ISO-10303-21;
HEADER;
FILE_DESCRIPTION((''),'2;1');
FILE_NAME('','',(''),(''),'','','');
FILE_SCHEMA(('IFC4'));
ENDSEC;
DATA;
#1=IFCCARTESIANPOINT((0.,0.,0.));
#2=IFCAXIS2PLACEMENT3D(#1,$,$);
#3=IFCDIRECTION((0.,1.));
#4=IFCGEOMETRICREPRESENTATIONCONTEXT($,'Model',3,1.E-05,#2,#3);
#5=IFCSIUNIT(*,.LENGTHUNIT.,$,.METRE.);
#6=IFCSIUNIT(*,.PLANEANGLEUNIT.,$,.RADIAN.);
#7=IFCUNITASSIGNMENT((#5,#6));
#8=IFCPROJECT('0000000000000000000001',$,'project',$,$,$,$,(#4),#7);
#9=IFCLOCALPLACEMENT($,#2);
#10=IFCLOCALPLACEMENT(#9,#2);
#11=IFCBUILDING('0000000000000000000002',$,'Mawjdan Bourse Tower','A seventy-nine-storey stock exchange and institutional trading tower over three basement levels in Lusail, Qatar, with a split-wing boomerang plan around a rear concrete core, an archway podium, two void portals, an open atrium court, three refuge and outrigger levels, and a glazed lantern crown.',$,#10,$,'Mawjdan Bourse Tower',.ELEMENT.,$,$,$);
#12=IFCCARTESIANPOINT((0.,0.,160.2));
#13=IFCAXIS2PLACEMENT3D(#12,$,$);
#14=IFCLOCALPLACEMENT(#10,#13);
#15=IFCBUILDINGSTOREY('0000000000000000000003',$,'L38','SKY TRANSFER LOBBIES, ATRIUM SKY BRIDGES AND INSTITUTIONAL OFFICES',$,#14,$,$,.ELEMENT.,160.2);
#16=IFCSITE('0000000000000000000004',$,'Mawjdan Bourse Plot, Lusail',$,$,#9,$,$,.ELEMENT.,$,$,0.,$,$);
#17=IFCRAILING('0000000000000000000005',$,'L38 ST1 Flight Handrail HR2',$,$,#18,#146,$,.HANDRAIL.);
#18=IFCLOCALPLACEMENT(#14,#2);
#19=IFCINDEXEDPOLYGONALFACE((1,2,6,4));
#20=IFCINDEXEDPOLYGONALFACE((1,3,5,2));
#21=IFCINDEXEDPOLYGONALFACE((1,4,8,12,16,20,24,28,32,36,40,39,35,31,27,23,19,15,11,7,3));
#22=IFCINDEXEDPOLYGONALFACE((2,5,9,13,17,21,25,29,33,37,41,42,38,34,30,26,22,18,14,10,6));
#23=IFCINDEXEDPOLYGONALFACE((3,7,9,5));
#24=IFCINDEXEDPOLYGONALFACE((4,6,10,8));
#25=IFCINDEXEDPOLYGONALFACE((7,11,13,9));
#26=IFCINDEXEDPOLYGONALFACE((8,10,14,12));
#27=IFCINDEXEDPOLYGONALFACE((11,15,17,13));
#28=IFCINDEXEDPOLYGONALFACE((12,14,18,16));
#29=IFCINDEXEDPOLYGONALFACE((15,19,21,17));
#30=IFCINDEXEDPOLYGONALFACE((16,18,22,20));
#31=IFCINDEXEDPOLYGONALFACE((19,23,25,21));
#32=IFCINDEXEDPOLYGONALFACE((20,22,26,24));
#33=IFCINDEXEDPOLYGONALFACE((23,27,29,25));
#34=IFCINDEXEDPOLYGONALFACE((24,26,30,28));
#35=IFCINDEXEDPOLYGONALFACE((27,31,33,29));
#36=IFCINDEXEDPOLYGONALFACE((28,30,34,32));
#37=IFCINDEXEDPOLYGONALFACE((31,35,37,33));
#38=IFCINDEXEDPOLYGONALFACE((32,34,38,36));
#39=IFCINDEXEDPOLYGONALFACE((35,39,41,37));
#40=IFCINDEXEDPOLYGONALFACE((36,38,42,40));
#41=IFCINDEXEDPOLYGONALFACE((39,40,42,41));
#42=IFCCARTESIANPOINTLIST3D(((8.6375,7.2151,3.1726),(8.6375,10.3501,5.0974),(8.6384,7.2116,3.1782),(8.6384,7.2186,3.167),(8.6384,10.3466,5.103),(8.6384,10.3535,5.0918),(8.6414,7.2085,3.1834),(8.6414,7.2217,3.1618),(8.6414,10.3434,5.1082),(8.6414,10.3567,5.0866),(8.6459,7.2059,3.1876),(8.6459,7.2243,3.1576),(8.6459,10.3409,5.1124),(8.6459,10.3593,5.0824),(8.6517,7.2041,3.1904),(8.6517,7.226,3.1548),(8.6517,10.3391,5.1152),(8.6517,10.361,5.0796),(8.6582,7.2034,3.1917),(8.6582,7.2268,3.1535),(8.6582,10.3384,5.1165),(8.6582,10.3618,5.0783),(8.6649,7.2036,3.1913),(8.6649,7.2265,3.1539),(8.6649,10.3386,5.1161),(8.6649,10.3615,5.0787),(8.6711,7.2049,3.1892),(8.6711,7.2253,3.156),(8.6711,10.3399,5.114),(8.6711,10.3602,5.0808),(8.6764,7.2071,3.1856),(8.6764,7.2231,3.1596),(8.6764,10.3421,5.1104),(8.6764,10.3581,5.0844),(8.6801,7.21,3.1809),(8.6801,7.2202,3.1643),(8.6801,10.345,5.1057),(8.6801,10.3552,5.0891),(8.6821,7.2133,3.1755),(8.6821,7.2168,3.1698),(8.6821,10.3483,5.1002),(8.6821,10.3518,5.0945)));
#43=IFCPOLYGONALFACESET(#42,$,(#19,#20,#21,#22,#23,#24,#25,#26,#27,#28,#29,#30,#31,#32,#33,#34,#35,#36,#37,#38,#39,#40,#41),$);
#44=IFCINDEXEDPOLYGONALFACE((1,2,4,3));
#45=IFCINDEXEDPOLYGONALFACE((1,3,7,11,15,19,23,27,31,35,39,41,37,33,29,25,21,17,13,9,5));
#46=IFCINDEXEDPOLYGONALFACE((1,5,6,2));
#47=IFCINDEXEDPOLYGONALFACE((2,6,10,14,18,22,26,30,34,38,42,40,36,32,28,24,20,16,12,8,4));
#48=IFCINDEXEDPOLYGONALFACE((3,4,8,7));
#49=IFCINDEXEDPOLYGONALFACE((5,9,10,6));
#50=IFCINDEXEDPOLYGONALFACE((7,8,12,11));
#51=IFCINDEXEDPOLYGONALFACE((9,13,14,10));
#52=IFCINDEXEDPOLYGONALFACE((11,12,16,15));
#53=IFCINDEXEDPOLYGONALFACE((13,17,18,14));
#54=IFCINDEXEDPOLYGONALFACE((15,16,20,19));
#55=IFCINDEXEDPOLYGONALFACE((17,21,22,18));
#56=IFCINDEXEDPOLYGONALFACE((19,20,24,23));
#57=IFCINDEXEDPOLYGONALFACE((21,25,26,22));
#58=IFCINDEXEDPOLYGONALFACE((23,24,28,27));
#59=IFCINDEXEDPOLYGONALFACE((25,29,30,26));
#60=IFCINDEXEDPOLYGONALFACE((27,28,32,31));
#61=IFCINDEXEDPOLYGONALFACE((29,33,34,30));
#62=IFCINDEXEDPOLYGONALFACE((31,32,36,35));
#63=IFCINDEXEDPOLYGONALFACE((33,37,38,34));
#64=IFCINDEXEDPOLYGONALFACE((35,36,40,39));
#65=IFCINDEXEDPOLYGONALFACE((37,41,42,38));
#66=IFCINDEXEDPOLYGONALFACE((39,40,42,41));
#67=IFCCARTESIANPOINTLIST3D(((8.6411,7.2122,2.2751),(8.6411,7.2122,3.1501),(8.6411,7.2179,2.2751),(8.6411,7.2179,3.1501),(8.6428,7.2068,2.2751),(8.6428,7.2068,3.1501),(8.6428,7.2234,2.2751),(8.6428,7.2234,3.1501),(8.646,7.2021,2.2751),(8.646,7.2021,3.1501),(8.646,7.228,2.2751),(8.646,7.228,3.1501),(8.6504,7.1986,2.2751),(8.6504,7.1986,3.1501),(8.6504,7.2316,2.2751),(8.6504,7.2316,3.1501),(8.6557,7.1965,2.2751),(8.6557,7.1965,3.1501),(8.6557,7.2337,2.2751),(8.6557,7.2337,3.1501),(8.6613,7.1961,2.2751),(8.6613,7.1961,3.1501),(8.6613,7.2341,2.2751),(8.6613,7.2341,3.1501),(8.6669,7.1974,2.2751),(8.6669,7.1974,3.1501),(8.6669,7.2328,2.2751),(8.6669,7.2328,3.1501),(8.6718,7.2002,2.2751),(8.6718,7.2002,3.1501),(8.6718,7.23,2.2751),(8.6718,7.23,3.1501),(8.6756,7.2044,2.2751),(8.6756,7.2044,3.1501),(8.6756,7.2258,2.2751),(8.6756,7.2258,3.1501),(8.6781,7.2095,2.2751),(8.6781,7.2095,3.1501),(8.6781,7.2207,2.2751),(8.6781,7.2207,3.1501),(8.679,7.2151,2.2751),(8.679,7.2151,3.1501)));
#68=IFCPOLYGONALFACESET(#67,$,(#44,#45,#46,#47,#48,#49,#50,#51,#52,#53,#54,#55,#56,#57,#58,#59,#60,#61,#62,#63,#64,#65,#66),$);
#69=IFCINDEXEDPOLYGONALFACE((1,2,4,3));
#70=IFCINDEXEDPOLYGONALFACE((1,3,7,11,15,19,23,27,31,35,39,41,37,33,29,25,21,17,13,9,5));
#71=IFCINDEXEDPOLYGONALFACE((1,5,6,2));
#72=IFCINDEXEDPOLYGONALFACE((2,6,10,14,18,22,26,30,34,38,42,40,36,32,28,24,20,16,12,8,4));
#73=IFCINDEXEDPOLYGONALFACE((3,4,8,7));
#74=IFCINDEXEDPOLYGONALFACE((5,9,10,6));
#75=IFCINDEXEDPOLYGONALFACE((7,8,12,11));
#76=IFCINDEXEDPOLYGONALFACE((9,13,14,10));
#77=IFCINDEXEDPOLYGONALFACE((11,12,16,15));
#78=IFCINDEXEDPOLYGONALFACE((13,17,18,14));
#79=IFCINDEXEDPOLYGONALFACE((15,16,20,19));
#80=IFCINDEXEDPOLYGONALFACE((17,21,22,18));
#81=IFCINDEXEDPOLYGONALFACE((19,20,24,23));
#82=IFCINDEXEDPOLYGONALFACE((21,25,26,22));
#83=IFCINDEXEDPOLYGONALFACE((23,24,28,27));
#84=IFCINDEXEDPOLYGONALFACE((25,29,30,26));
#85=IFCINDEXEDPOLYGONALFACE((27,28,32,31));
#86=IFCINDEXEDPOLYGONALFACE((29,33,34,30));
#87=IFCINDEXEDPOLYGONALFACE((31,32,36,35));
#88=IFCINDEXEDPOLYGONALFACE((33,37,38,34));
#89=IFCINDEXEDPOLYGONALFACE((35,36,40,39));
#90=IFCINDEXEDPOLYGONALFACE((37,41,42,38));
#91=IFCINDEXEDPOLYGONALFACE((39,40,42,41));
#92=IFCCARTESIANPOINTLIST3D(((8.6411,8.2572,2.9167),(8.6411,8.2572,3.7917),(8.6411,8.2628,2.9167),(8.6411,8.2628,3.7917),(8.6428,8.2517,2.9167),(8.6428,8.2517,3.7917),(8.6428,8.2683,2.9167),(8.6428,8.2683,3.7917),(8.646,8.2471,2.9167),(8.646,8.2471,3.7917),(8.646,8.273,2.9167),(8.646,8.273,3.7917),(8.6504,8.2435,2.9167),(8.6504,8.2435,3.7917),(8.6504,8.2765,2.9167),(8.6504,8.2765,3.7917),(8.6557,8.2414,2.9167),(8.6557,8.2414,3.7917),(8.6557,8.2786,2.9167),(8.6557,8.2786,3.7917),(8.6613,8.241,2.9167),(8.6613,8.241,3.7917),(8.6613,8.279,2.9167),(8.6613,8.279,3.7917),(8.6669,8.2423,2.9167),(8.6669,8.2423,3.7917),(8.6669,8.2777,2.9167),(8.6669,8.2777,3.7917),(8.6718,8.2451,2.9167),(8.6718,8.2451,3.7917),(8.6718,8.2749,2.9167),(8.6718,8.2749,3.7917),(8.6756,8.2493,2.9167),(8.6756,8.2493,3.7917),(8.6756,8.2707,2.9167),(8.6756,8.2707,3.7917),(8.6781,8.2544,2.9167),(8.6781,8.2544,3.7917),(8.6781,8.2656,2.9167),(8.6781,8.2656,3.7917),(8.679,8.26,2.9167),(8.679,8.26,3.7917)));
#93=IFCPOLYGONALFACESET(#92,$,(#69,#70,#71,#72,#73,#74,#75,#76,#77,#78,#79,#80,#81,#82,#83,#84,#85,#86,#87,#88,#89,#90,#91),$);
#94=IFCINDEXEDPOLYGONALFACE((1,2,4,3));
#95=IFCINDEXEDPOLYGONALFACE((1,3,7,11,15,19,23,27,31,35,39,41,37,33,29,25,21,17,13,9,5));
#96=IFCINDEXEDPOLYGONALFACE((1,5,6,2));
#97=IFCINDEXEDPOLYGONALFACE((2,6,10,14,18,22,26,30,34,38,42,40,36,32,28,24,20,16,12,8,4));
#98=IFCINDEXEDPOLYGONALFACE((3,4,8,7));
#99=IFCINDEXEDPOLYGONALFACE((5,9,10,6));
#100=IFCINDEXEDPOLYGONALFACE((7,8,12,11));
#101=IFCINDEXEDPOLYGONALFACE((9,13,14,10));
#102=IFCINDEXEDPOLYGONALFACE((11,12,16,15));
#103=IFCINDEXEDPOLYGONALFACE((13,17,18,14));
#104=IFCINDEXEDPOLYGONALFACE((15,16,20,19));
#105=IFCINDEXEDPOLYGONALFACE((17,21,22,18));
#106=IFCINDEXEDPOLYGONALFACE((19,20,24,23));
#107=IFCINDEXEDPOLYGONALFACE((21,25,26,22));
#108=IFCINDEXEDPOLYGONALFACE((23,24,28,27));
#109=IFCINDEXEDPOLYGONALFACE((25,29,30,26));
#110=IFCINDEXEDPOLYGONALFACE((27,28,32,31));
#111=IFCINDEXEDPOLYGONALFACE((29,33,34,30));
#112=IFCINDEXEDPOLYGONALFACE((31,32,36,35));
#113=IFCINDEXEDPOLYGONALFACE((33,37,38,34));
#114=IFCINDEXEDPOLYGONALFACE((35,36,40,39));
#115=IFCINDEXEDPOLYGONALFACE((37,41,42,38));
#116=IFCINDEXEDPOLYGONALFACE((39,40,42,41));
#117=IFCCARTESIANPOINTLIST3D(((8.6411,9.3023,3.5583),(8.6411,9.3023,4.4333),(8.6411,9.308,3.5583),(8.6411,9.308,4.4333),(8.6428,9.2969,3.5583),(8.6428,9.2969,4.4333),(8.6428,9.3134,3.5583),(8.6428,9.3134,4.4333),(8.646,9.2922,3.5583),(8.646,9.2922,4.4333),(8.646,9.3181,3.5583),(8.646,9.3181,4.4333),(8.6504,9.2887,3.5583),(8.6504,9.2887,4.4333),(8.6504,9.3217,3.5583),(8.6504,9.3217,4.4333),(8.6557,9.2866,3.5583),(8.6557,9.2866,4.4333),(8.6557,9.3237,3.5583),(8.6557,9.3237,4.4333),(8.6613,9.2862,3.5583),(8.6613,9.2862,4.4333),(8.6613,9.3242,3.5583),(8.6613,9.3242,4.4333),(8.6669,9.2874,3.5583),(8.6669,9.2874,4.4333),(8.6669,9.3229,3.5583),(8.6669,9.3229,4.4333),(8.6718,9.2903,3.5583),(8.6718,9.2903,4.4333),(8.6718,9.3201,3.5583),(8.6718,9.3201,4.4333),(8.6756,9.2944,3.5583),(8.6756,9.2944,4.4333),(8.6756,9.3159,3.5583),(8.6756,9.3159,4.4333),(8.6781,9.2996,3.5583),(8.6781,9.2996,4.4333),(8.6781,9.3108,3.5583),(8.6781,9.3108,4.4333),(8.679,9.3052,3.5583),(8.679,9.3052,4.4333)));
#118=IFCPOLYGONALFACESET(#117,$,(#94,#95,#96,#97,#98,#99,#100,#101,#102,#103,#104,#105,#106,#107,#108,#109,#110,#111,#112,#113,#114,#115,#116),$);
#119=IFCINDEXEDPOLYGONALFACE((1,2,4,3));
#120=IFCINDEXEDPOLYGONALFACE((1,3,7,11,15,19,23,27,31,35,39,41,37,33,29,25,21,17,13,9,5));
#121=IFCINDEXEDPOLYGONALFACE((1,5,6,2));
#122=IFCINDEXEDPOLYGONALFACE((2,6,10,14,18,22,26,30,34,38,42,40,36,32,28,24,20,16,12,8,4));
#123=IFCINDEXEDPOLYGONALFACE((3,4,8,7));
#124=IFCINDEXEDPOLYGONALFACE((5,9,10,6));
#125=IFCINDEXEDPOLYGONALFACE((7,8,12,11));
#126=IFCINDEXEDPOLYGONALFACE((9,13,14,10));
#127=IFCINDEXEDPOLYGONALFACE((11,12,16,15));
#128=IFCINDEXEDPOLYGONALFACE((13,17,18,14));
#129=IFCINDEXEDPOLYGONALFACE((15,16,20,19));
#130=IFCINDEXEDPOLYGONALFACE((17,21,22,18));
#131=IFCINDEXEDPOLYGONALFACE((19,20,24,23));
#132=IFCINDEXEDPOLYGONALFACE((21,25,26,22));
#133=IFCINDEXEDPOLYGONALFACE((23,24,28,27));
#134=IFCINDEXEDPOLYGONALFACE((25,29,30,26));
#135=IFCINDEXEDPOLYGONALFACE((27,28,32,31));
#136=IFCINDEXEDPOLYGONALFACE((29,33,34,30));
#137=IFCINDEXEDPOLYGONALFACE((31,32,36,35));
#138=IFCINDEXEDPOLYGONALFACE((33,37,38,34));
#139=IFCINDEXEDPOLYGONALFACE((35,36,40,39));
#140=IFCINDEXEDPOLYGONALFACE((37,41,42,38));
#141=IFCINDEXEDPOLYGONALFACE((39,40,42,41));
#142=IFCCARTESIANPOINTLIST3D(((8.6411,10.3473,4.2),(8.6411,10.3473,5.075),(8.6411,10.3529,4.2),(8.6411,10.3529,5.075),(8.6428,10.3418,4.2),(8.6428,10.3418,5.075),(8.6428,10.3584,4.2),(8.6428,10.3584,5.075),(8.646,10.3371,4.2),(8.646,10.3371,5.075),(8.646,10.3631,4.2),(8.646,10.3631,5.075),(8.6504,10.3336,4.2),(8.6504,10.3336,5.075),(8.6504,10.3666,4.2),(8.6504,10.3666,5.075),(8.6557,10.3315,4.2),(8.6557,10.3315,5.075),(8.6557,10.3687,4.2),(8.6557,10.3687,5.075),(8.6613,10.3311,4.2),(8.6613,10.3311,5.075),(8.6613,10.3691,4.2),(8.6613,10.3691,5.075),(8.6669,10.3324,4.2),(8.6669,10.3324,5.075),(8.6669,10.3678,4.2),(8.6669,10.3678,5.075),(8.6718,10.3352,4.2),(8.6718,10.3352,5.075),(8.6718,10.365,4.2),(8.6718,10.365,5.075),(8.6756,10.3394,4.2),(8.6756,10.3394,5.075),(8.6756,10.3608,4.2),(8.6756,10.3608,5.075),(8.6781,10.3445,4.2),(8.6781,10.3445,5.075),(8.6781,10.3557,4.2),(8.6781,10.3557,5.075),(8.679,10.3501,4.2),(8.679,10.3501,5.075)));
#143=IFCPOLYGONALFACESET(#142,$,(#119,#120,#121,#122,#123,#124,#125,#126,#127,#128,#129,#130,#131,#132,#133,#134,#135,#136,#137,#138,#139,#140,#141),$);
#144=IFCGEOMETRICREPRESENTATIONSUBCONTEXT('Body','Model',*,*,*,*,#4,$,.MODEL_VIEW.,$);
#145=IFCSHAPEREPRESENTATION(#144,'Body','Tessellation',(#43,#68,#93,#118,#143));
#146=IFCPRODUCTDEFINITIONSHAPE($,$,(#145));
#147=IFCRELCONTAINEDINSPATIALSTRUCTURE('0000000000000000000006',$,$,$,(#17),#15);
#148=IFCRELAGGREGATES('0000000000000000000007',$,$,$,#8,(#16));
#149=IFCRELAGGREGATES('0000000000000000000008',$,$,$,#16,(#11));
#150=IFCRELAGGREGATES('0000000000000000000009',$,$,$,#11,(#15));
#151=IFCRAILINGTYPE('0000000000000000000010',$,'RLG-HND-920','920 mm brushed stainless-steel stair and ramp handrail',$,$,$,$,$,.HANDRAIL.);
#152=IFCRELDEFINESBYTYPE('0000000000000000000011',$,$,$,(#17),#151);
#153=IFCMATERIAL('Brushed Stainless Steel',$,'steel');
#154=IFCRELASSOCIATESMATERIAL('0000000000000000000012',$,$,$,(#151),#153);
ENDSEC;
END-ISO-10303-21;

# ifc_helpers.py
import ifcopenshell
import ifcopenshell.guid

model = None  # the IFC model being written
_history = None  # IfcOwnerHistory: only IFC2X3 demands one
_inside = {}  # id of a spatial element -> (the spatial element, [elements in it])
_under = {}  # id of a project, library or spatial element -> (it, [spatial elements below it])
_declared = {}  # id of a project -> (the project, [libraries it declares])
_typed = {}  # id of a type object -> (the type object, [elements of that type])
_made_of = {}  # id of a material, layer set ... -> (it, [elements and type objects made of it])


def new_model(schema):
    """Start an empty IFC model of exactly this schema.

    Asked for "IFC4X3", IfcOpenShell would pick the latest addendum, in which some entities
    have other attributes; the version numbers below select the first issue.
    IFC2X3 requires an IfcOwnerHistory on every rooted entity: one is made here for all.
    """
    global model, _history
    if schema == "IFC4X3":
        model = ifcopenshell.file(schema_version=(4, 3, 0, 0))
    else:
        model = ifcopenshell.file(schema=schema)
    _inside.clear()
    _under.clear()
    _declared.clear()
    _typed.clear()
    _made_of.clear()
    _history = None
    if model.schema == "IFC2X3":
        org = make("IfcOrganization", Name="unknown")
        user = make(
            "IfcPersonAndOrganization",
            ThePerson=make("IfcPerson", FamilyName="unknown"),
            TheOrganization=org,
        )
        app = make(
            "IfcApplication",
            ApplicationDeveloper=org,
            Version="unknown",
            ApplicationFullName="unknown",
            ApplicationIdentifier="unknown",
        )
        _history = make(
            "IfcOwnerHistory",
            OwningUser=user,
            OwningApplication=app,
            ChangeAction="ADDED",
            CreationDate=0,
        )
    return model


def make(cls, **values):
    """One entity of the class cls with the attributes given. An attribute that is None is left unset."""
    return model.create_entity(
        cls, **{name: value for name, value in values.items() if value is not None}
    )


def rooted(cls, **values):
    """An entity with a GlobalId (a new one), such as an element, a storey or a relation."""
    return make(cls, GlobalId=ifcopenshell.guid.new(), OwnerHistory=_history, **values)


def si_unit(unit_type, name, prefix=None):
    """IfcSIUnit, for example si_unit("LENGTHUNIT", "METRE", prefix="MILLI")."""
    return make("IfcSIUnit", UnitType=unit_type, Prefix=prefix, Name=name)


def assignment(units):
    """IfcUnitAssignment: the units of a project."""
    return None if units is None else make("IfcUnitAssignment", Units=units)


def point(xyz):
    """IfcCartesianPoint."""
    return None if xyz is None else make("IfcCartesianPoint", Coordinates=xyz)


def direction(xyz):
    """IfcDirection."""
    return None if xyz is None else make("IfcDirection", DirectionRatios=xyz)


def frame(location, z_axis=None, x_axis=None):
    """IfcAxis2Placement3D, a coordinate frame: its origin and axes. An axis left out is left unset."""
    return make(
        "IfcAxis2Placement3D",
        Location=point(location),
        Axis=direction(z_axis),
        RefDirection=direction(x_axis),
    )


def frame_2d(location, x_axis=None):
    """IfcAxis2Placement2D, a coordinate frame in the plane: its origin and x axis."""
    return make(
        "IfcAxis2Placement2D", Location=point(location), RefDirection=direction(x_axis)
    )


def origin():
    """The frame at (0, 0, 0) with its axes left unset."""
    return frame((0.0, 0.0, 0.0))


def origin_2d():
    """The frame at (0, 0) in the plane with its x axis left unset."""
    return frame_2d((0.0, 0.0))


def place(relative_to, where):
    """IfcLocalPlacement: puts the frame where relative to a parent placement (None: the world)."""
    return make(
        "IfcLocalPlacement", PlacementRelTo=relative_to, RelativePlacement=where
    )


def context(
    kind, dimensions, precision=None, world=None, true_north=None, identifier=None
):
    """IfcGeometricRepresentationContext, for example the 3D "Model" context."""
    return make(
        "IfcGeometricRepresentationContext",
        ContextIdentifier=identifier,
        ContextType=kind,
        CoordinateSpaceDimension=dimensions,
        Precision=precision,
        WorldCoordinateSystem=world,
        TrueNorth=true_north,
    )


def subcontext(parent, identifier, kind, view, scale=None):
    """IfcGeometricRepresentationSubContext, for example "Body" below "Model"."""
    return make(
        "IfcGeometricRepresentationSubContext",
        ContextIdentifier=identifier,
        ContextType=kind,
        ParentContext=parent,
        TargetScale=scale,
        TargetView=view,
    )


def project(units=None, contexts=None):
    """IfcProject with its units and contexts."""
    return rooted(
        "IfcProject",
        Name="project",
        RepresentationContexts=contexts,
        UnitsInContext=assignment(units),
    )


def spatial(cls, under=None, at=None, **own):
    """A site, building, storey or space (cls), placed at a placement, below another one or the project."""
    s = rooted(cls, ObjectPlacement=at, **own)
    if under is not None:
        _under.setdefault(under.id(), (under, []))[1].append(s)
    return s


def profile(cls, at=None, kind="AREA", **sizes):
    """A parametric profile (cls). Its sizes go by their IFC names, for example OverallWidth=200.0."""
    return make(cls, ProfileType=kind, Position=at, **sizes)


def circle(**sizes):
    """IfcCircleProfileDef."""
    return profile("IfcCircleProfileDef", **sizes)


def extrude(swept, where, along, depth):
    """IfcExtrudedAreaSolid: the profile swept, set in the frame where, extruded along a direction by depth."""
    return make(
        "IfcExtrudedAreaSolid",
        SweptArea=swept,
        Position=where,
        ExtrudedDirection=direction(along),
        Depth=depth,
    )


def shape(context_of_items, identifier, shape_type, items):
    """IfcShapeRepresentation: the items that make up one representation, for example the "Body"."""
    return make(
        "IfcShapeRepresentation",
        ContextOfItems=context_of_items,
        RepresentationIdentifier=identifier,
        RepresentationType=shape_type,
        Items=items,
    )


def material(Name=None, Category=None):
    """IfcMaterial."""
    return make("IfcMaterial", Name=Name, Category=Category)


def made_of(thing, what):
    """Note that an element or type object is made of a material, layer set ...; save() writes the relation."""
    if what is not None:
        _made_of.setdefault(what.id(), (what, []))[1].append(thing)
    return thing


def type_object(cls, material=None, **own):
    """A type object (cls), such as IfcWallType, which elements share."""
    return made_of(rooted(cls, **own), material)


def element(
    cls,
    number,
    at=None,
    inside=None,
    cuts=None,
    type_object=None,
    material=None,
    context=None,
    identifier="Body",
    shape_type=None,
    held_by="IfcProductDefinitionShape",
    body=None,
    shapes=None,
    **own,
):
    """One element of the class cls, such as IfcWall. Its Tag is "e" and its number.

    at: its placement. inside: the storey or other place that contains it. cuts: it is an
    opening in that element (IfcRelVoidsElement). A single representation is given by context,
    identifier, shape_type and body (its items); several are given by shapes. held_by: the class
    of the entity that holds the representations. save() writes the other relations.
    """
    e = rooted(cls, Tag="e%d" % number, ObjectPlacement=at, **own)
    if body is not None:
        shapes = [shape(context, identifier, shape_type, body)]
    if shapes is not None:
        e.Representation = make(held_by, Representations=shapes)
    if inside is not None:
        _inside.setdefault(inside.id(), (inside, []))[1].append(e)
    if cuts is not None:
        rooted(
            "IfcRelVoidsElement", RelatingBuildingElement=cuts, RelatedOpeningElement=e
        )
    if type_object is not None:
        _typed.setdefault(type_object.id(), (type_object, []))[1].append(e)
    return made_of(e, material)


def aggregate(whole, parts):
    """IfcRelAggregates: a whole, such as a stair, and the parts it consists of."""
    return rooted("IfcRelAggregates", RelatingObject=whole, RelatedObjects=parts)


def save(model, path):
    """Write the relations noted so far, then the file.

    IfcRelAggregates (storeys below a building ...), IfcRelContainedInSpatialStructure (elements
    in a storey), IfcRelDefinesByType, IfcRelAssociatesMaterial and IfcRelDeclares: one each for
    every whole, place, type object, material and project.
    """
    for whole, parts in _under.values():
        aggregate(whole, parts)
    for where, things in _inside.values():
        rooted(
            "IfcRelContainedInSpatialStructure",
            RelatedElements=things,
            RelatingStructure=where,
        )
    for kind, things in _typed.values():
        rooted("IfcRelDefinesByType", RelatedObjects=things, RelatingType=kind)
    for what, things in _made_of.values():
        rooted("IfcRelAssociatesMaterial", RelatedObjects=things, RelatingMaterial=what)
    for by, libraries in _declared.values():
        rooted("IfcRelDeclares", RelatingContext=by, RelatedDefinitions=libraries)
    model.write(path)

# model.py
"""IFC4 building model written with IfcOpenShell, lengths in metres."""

from ifc_helpers import new_model, si_unit, direction, frame, origin, origin_2d, place, context, subcontext, project, spatial, circle, extrude, material, type_object, element, save


model = new_model("IFC4")

# Units and contexts
model_context = context("Model", 3, precision=1e-05, world=origin(), true_north=direction((0.0, 1.0)))
body_context = subcontext(model_context, "Body", "Model", "MODEL_VIEW")
ifc_project = project(units=[si_unit("LENGTHUNIT", "METRE"), si_unit("PLANEANGLEUNIT", "RADIAN")], contexts=[model_context])

# Site, building, storey
site_placement = place(None, origin())
site = spatial("IfcSite", under=ifc_project, at=site_placement, Name="Mawjdan Bourse Plot, Lusail", CompositionType="ELEMENT", RefElevation=0.0)
building_placement = place(site_placement, origin())
building = spatial("IfcBuilding", under=site, at=building_placement, Name="Mawjdan Bourse Tower", Description="A seventy-nine-storey stock exchange and institutional trading tower over three basement levels in Lusail, Qatar, with a split-wing boomerang plan around a rear concrete core, an archway podium, two void portals, an open atrium court, three refuge and outrigger levels, and a glazed lantern crown.", LongName="Mawjdan Bourse Tower", CompositionType="ELEMENT")
storey_placement = place(building_placement, frame((0.0, 0.0, 160.2)))
storey = spatial("IfcBuildingStorey", under=building, at=storey_placement, Name="L38", Description="SKY TRANSFER LOBBIES, ATRIUM SKY BRIDGES AND INSTITUTIONAL OFFICES", CompositionType="ELEMENT", Elevation=160.2)

# Railing
ifc_material_1 = material(Name="Brushed Stainless Steel", Category="steel")
railing_type_1 = type_object("IfcRailingType", Name="RLG-HND-920", Description="920 mm brushed stainless-steel stair and ramp handrail", PredefinedType="HANDRAIL", material=ifc_material_1)
for number, where, name in (
    (1, (8.6599, 7.2151, 2.2751), "L38 ST1 Flight Handrail HR2"),
):
    element("IfcRailing", number, at=place(storey_placement, frame(where)), inside=storey, type_object=railing_type_1, Name=name, PredefinedType="HANDRAIL", context=body_context, shape_type="SweptSolid", body=[
        extrude(circle(Radius=0.0225, at=origin_2d()), frame((0.0, 0.0, 0.8975), z_axis=(0.0, 0.852196, 0.523223), x_axis=(-1.0, 0.0, 0.0)), (0.0, 0.0, 1.0), 3.6787),
        extrude(circle(Radius=0.019, at=origin_2d()), origin(), (0.0, 0.0, 1.0), 0.875),
        extrude(circle(Radius=0.019, at=origin_2d()), frame((0.0, 1.0449, 0.6416)), (0.0, 0.0, 1.0), 0.875),
        extrude(circle(Radius=0.019, at=origin_2d()), frame((0.0, 2.0901, 1.2832)), (0.0, 0.0, 1.0), 0.875),
        extrude(circle(Radius=0.019, at=origin_2d()), frame((0.0, 3.135, 1.9248)), (0.0, 0.0, 1.0), 0.875),
    ])

save(model, "model.ifc")
